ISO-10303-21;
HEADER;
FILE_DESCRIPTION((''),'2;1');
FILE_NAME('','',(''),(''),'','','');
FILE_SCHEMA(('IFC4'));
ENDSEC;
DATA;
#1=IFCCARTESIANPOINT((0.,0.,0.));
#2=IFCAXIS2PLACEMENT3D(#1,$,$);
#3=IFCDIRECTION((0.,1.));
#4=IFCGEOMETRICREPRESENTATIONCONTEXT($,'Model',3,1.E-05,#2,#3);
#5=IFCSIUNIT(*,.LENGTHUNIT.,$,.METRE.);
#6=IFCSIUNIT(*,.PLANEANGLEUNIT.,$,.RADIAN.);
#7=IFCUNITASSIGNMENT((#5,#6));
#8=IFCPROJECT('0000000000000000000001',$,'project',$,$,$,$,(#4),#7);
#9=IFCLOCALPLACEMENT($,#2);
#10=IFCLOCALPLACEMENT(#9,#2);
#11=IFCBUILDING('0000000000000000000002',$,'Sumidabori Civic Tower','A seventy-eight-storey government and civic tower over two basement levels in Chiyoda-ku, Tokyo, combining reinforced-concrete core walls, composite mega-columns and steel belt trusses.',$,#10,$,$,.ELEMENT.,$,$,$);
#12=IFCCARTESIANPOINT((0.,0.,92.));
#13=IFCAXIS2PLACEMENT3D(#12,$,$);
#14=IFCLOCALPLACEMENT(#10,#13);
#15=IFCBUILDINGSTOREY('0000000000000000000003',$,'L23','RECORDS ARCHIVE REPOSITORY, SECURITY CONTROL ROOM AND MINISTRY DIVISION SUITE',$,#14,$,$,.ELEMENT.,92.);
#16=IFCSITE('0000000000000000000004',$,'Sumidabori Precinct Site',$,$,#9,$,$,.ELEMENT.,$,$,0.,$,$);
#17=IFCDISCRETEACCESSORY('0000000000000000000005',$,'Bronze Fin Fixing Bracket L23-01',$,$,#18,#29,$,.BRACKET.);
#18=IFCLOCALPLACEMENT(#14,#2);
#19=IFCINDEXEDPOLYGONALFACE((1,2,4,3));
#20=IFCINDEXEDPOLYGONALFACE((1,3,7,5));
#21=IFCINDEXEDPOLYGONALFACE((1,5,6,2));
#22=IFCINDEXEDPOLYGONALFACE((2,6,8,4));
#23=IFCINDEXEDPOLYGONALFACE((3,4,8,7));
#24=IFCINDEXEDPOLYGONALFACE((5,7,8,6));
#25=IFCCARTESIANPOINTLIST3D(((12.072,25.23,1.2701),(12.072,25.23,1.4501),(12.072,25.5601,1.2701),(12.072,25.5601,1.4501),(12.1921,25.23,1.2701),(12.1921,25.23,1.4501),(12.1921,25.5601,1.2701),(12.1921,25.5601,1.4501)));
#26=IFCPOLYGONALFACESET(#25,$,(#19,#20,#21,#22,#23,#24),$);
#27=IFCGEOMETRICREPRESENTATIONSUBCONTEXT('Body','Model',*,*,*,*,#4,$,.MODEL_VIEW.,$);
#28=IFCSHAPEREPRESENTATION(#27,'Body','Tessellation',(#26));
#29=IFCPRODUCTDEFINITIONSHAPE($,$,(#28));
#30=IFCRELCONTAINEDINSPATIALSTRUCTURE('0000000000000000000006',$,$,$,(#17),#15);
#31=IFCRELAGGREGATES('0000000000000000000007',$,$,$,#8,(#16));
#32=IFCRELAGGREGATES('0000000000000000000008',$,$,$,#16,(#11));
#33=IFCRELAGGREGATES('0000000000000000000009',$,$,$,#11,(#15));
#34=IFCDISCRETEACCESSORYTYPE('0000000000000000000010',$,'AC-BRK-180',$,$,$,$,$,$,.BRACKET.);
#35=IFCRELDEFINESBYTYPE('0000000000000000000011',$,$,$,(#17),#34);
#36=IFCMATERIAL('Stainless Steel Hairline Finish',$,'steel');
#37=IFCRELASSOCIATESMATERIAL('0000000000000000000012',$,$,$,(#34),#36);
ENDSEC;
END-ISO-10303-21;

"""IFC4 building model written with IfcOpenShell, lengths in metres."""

from ifc_helpers import new_model, si_unit, direction, frame, origin, origin_2d, place, context, subcontext, project, spatial, rectangle, extrude, source, transform, mapped, material, material_profile, profile_set, type_object, element, save


model = new_model("IFC4")

# Units and contexts
model_context = context("Model", 3, precision=1e-05, world=origin(), true_north=direction((0.0, 1.0)))
body_context = subcontext(model_context, "Body", "Model", "MODEL_VIEW")
ifc_project = project(units=[si_unit("LENGTHUNIT", "METRE"), si_unit("PLANEANGLEUNIT", "RADIAN")], contexts=[model_context])

# Site, building, storey
site_placement = place(None, origin())
site = spatial("IfcSite", under=ifc_project, at=site_placement, Name="Sumidabori Precinct Site", CompositionType="ELEMENT", RefElevation=0.0)
building_placement = place(site_placement, origin())
building = spatial("IfcBuilding", under=site, at=building_placement, Name="Sumidabori Civic Tower", Description="A seventy-eight-storey government and civic tower over two basement levels in Chiyoda-ku, Tokyo, combining reinforced-concrete core walls, composite mega-columns and steel belt trusses.", CompositionType="ELEMENT")
storey_placement = place(building_placement, frame((0.0, 0.0, 92.0)))
storey = spatial("IfcBuildingStorey", under=building, at=storey_placement, Name="L23", Description="RECORDS ARCHIVE REPOSITORY, SECURITY CONTROL ROOM AND MINISTRY DIVISION SUITE", CompositionType="ELEMENT", Elevation=92.0)

# Discrete accessory
ifc_material_1 = material(Name="Stainless Steel Hairline Finish", Category="steel")
ifc_material_profile_1 = material_profile(ifc_material_1, rectangle(XDim=0.1201, YDim=0.1799, at=origin_2d()), Name="STEEL BRACKET 180x120")
ifc_profile_set_1 = profile_set([ifc_material_profile_1], Name="Stainless Steel Hairline Finish")
discrete_accessory_type = type_object("IfcDiscreteAccessoryType", Name="AC-BRK-180", PredefinedType="BRACKET", material=ifc_profile_set_1)
shared_shape_1 = source(origin(), body_context, "Body", "SweptSolid", [
    extrude(rectangle(XDim=0.1201, YDim=0.1799, at=origin_2d()), origin(), (0.0, 0.0, 1.0), 0.3301),
])
discrete_accessory_placement = place(storey_placement, frame((12.1321, 25.23, 1.3601), z_axis=(0.0, 1.0, 0.0), x_axis=(-1.0, 0.0, 0.0)))
element("IfcDiscreteAccessory", 1, at=discrete_accessory_placement, inside=storey, type_object=discrete_accessory_type, Name="Bronze Fin Fixing Bracket L23-01", PredefinedType="BRACKET", context=body_context, shape_type="MappedRepresentation", body=[
    mapped(shared_shape_1, transform((0.0, 0.0, 0.0), x_axis=(1.0, 0.0, 0.0), y_axis=(0.0, 1.0, 0.0), z_axis=(0.0, 0.0, 1.0), scale=1.0)),
])

save(model, "model.ifc")
